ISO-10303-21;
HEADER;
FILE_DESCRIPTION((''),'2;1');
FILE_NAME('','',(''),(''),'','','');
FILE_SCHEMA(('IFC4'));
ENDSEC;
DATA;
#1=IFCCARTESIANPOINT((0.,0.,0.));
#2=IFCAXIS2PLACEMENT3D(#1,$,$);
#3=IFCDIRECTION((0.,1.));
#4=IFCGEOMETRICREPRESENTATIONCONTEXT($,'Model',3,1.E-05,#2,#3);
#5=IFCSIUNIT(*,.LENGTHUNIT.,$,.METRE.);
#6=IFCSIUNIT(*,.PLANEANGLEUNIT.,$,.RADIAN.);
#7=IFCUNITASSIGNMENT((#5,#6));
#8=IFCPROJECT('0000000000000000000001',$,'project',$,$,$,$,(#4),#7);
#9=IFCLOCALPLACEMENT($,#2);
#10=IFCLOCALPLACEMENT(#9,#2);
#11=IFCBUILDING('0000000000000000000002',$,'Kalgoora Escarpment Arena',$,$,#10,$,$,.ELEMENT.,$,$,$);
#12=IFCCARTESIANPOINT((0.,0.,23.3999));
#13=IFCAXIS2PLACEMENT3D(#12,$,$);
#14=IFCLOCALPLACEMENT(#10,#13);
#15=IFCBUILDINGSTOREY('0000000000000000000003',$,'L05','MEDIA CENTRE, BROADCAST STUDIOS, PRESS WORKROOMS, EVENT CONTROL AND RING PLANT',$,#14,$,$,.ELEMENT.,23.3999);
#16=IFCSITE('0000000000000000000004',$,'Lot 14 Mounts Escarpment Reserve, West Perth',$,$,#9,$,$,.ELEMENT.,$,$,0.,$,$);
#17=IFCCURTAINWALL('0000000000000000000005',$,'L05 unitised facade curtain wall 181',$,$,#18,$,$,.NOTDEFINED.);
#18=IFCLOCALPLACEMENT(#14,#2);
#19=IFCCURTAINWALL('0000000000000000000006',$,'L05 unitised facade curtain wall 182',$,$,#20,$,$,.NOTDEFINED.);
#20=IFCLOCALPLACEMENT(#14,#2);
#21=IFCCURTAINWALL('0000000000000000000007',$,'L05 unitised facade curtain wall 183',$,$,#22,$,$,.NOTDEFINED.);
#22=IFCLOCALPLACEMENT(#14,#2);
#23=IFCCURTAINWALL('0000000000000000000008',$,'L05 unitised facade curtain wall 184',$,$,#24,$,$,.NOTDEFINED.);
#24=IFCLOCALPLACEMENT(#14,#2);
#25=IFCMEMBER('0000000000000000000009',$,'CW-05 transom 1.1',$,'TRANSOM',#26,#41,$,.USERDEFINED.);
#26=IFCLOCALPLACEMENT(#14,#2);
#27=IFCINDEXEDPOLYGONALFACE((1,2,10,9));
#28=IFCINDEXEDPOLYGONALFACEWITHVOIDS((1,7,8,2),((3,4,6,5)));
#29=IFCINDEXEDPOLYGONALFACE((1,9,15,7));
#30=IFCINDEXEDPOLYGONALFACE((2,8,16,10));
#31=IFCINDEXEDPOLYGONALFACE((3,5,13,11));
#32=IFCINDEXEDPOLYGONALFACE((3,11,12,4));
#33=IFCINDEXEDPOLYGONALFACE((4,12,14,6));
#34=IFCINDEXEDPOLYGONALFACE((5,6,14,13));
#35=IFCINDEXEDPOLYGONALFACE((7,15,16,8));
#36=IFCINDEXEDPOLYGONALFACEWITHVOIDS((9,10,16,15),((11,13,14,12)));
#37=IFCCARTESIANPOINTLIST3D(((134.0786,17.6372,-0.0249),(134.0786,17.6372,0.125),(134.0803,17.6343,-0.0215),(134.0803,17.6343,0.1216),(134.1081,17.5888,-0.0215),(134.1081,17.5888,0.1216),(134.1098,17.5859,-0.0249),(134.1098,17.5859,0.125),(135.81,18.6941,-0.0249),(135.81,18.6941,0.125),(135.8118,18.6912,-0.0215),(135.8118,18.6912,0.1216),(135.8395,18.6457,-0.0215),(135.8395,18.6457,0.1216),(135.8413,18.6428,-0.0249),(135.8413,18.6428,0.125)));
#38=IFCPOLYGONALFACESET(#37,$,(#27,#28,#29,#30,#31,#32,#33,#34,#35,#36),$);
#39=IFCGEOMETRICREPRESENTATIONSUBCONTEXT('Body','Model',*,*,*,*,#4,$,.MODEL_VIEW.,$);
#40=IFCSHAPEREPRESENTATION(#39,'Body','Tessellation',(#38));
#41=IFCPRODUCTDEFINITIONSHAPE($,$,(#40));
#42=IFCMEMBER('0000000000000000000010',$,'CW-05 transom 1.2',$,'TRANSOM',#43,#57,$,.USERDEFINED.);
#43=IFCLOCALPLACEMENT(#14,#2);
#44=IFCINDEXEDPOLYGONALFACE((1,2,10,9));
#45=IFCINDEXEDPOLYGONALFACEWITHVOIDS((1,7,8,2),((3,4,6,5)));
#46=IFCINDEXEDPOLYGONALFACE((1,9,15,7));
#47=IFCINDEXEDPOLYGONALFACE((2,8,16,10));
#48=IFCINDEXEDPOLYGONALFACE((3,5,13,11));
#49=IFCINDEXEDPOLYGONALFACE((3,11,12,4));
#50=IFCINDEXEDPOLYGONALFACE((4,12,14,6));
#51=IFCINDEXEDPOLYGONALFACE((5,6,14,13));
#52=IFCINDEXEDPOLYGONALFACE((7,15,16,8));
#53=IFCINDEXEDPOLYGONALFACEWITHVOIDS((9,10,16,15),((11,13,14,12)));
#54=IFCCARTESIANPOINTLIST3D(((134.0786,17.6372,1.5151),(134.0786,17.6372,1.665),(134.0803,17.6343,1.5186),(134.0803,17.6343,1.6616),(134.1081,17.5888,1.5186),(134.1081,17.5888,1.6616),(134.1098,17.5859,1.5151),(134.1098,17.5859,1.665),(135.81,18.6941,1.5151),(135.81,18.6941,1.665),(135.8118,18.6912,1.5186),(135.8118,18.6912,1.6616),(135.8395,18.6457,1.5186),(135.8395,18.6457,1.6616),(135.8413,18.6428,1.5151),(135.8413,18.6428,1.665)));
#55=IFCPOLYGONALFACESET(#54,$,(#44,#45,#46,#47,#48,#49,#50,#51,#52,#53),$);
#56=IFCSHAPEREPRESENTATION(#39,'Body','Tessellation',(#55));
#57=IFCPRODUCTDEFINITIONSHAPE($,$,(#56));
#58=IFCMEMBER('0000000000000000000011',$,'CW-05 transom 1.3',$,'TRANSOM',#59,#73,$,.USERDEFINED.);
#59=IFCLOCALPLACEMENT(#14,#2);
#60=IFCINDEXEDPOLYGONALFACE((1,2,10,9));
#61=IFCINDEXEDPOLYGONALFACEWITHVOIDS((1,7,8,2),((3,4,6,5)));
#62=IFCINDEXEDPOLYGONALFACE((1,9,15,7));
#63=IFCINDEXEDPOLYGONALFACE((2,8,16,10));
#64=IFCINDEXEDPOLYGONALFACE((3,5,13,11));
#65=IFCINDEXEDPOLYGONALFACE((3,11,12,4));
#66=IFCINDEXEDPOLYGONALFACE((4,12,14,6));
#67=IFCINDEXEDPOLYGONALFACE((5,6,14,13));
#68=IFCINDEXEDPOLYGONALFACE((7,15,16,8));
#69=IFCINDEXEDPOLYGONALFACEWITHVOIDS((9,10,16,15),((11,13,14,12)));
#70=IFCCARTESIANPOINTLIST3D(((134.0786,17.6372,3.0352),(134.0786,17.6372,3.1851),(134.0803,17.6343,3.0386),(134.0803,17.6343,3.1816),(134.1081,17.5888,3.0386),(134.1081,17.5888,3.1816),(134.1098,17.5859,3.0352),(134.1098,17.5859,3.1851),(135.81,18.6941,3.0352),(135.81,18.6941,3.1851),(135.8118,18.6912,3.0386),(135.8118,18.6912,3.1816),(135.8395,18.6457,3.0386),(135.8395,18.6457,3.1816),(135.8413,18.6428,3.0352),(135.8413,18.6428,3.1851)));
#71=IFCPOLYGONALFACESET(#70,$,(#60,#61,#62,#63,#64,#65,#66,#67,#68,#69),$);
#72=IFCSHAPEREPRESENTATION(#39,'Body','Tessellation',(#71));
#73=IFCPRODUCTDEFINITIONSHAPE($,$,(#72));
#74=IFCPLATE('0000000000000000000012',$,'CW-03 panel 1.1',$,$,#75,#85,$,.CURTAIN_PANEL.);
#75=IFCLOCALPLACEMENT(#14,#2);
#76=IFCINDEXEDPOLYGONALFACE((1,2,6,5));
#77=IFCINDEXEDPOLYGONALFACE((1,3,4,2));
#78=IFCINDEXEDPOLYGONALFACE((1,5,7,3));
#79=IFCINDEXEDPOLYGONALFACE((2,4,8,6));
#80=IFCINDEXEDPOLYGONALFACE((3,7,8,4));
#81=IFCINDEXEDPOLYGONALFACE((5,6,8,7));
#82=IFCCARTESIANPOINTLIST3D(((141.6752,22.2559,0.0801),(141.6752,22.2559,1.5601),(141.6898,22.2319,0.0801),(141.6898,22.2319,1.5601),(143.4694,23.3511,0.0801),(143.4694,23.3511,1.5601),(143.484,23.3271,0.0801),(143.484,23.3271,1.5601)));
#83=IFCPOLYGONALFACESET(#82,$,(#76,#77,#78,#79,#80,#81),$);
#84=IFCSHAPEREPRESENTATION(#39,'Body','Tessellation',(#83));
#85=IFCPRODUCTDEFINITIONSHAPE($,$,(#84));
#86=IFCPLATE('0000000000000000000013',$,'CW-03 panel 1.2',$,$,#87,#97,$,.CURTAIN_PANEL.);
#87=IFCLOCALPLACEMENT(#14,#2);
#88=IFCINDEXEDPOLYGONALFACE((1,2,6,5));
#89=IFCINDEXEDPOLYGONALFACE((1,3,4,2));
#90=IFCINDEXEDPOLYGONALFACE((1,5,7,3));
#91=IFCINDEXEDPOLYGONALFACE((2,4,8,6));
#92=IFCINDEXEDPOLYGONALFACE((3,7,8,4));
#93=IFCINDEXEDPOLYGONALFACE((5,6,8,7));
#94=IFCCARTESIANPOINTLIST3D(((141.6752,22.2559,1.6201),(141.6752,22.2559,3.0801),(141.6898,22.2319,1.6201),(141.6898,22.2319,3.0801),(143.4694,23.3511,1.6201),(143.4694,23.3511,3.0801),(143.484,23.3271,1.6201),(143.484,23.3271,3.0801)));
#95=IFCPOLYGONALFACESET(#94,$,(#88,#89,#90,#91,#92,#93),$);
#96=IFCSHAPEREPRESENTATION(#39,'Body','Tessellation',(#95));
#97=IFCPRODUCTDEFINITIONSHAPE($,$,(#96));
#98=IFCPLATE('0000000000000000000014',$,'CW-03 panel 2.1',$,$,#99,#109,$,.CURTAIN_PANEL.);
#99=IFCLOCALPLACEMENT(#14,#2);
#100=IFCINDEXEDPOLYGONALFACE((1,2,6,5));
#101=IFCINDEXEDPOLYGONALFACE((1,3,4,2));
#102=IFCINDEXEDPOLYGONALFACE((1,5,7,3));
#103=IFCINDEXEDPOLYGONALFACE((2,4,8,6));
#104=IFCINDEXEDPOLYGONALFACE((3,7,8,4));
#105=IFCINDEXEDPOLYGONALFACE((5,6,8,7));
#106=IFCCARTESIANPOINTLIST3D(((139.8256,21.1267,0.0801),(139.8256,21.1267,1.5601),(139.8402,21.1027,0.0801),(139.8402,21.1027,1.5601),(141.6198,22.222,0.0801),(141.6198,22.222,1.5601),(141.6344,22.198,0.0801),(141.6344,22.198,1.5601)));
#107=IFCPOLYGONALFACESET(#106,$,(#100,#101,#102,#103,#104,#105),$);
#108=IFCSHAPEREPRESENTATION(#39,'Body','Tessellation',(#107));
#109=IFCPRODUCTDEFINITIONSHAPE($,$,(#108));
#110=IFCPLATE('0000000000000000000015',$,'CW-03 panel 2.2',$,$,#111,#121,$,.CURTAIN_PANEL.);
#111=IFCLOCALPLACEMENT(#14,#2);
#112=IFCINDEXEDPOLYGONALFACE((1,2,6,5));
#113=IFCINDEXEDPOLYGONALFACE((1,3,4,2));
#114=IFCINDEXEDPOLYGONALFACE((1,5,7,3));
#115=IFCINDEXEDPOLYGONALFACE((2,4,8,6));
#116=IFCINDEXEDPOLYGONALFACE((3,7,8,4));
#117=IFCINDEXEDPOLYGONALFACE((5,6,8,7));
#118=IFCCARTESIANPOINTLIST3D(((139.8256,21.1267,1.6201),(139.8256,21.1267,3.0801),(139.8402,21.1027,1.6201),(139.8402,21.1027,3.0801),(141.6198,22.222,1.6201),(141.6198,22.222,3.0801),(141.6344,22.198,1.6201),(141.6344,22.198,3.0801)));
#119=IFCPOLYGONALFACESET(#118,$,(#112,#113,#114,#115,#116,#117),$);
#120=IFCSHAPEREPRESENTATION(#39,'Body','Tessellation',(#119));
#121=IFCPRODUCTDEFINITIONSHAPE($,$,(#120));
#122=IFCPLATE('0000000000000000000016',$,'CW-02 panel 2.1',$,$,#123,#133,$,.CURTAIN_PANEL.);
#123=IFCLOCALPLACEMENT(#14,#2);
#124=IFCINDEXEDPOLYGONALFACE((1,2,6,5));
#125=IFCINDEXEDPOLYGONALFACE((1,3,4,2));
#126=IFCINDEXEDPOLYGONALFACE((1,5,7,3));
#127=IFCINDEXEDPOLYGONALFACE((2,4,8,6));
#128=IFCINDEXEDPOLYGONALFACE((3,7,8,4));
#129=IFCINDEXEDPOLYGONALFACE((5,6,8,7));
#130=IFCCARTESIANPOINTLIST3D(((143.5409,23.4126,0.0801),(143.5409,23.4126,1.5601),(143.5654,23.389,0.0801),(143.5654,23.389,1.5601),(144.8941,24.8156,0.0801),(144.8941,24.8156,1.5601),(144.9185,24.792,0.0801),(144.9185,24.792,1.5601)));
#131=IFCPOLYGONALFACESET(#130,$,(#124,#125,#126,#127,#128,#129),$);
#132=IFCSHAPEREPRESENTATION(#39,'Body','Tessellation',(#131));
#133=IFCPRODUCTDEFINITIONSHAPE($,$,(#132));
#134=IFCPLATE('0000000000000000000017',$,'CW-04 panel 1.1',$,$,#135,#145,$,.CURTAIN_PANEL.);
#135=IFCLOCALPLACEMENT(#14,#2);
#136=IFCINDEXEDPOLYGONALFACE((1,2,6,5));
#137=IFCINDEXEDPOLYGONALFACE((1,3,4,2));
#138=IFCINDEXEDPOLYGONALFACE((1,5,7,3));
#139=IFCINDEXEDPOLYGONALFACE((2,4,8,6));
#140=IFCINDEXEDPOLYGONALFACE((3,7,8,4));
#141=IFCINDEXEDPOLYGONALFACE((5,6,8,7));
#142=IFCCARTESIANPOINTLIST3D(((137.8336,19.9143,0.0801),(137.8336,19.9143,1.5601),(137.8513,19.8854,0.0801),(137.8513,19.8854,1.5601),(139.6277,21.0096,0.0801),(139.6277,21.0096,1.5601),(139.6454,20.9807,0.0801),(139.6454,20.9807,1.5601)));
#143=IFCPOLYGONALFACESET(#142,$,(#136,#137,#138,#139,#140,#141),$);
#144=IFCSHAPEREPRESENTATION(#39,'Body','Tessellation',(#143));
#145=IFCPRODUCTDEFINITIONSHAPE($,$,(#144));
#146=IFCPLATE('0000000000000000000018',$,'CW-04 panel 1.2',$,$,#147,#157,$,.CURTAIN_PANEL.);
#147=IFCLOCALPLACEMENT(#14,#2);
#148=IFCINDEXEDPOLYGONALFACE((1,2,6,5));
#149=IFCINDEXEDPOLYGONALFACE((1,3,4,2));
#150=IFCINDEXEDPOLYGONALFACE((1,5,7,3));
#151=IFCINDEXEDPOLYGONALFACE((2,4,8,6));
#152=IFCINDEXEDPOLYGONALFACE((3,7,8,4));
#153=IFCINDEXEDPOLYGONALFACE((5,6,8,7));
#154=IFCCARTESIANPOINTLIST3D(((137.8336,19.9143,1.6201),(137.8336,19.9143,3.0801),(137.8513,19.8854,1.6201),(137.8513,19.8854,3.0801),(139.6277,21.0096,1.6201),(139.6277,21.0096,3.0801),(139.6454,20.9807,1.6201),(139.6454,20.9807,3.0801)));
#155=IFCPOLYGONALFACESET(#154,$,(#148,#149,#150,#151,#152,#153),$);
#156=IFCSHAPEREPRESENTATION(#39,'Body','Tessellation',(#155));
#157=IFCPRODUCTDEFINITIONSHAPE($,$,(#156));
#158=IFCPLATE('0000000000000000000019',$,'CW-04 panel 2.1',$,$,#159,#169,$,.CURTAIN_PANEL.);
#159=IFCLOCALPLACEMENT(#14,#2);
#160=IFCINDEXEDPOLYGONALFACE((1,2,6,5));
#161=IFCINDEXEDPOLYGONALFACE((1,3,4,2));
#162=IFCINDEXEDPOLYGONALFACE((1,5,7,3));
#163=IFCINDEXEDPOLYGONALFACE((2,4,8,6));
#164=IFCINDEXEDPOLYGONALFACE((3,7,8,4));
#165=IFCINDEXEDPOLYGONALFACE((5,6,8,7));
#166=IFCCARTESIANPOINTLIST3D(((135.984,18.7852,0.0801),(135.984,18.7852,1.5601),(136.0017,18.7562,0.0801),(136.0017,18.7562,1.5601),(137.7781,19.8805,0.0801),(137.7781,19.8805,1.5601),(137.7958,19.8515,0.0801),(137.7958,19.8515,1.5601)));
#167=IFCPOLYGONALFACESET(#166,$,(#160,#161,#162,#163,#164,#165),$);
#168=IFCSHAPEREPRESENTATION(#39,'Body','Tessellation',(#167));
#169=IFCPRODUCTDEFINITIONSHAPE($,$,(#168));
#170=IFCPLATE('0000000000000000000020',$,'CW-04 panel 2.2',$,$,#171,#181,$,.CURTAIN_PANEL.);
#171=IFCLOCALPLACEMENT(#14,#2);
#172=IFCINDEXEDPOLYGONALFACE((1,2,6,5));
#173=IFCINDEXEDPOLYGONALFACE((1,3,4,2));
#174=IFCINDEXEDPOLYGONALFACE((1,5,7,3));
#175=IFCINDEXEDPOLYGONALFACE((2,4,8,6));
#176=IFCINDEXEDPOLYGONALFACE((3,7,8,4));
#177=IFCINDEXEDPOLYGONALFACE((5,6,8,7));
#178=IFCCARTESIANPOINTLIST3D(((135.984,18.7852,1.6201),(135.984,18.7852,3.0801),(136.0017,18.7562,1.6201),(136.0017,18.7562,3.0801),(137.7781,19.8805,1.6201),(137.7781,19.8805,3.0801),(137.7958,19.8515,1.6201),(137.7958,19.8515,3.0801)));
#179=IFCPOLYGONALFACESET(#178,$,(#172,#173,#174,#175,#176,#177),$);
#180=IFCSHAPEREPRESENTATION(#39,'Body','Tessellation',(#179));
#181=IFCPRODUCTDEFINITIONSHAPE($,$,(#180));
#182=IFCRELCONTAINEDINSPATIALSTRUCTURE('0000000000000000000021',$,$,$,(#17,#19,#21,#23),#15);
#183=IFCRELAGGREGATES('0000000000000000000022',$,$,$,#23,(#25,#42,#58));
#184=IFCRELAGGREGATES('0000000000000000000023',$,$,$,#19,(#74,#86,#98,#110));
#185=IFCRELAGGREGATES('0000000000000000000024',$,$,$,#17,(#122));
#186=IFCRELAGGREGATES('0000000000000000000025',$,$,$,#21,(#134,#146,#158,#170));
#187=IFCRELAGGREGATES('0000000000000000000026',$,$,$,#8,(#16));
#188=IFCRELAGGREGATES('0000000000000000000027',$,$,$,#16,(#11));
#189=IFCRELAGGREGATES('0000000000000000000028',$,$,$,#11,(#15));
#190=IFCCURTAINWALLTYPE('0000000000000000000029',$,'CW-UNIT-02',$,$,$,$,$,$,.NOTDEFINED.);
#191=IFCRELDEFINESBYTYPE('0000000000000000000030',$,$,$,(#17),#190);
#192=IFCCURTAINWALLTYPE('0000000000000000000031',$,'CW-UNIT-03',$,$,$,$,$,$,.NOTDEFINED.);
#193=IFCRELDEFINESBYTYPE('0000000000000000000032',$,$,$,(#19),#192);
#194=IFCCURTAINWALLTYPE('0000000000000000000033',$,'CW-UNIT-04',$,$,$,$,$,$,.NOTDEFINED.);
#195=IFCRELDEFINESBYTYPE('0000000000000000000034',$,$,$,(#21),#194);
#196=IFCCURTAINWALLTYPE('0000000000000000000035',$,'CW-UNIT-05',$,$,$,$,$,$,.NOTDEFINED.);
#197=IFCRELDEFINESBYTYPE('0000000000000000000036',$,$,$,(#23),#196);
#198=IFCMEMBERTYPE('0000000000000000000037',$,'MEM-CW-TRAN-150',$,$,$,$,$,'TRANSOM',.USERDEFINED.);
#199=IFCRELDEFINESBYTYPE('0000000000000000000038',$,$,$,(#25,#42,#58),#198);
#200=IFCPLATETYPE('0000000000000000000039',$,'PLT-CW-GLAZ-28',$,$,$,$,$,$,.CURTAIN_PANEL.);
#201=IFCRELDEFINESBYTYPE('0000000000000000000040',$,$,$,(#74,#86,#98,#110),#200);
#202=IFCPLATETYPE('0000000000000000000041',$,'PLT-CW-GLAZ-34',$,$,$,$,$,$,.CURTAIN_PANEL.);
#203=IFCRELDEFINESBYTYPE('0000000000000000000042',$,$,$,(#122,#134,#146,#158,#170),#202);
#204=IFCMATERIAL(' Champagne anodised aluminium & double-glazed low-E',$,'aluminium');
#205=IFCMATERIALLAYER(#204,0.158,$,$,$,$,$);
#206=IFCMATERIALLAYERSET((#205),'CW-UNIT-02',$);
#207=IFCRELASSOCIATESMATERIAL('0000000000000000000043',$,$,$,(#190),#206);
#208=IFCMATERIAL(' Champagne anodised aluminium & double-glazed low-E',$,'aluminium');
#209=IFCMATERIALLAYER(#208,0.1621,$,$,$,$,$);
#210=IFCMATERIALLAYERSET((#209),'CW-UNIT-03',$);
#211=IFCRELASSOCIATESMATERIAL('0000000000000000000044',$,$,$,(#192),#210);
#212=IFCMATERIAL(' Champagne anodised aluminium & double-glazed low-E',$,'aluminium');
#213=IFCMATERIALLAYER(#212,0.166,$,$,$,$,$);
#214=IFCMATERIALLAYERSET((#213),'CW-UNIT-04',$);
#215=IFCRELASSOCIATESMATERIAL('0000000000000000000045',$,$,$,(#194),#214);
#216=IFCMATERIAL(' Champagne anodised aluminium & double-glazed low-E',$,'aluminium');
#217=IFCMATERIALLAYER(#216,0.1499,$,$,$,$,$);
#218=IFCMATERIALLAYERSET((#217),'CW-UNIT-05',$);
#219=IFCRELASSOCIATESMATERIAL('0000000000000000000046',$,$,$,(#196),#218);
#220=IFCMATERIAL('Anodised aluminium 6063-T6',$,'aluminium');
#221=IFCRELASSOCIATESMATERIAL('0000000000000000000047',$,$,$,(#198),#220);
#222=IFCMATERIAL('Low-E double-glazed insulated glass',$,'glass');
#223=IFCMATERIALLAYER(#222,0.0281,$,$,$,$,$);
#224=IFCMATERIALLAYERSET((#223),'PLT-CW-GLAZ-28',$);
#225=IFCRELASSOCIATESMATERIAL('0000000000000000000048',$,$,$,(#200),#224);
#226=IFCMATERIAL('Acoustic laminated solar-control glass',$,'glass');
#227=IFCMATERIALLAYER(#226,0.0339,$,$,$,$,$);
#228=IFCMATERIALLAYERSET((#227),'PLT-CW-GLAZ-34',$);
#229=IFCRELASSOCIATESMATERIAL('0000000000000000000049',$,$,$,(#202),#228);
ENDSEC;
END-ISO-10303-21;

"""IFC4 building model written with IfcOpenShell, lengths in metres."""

from ifc_helpers import new_model, si_unit, direction, frame, origin, origin_2d, place, context, subcontext, project, spatial, rectangle, hollow_rectangle, extrude, material, layer, layer_set, material_profile, profile_set, type_object, element, aggregate, save


model = new_model("IFC4")

# Units and contexts
model_context = context("Model", 3, precision=1e-05, world=origin(), true_north=direction((0.0, 1.0)))
body_context = subcontext(model_context, "Body", "Model", "MODEL_VIEW")
ifc_project = project(units=[si_unit("LENGTHUNIT", "METRE"), si_unit("PLANEANGLEUNIT", "RADIAN")], contexts=[model_context])

# Site, building, storey
site_placement = place(None, origin())
site = spatial("IfcSite", under=ifc_project, at=site_placement, Name="Lot 14 Mounts Escarpment Reserve, West Perth", CompositionType="ELEMENT", RefElevation=0.0)
building_placement = place(site_placement, origin())
building = spatial("IfcBuilding", under=site, at=building_placement, Name="Kalgoora Escarpment Arena", CompositionType="ELEMENT")
storey_placement = place(building_placement, frame((0.0, 0.0, 23.3999)))
storey = spatial("IfcBuildingStorey", under=building, at=storey_placement, Name="L05", Description="MEDIA CENTRE, BROADCAST STUDIOS, PRESS WORKROOMS, EVENT CONTROL AND RING PLANT", CompositionType="ELEMENT", Elevation=23.3999)

# Curtain wall
ifc_material_1 = material(Name=" Champagne anodised aluminium & double-glazed low-E", Category="aluminium")
ifc_layer_1 = layer(ifc_material_1, 0.158)
ifc_layer_set_1 = layer_set([ifc_layer_1], Name="CW-UNIT-02")
curtain_wall_type_1 = type_object("IfcCurtainWallType", Name="CW-UNIT-02", PredefinedType="NOTDEFINED", material=ifc_layer_set_1)
curtain_wall_1_placement = place(storey_placement, origin())
curtain_wall_1 = element("IfcCurtainWall", 1, at=curtain_wall_1_placement, inside=storey, type_object=curtain_wall_type_1, Name="L05 unitised facade curtain wall 181", PredefinedType="NOTDEFINED")

# Curtain walls
ifc_material_2 = material(Name=" Champagne anodised aluminium & double-glazed low-E", Category="aluminium")
ifc_layer_2 = layer(ifc_material_2, 0.1621)
ifc_layer_set_2 = layer_set([ifc_layer_2], Name="CW-UNIT-03")
curtain_wall_type_2 = type_object("IfcCurtainWallType", Name="CW-UNIT-03", PredefinedType="NOTDEFINED", material=ifc_layer_set_2)
curtain_wall_2_placement = place(storey_placement, origin())
curtain_wall_2 = element("IfcCurtainWall", 2, at=curtain_wall_2_placement, inside=storey, type_object=curtain_wall_type_2, Name="L05 unitised facade curtain wall 182", PredefinedType="NOTDEFINED")
ifc_material_3 = material(Name=" Champagne anodised aluminium & double-glazed low-E", Category="aluminium")
ifc_layer_3 = layer(ifc_material_3, 0.166)
ifc_layer_set_3 = layer_set([ifc_layer_3], Name="CW-UNIT-04")
curtain_wall_type_3 = type_object("IfcCurtainWallType", Name="CW-UNIT-04", PredefinedType="NOTDEFINED", material=ifc_layer_set_3)
curtain_wall_3_placement = place(storey_placement, origin())
curtain_wall_3 = element("IfcCurtainWall", 3, at=curtain_wall_3_placement, inside=storey, type_object=curtain_wall_type_3, Name="L05 unitised facade curtain wall 183", PredefinedType="NOTDEFINED")

# Curtain wall
ifc_material_4 = material(Name=" Champagne anodised aluminium & double-glazed low-E", Category="aluminium")
ifc_layer_4 = layer(ifc_material_4, 0.1499)
ifc_layer_set_4 = layer_set([ifc_layer_4], Name="CW-UNIT-05")
curtain_wall_type_4 = type_object("IfcCurtainWallType", Name="CW-UNIT-05", PredefinedType="NOTDEFINED", material=ifc_layer_set_4)
curtain_wall_4_placement = place(storey_placement, origin())
curtain_wall_4 = element("IfcCurtainWall", 4, at=curtain_wall_4_placement, inside=storey, type_object=curtain_wall_type_4, Name="L05 unitised facade curtain wall 184", PredefinedType="NOTDEFINED")

# Members
ifc_material_5 = material(Name="Anodised aluminium 6063-T6", Category="aluminium")
ifc_material_profile_1 = material_profile(ifc_material_5, hollow_rectangle(XDim=0.0601, YDim=0.1499, WallThickness=0.0034, at=origin_2d()))
ifc_profile_set_1 = profile_set([ifc_material_profile_1], Name="Anodised aluminium 6063-T6")
member_type_1 = type_object("IfcMemberType", Name="MEM-CW-TRAN-150", ElementType="TRANSOM", PredefinedType="USERDEFINED", material=ifc_profile_set_1)
member_1_placement = place(storey_placement, frame((135.8257, 18.6685, 0.05), z_axis=(-0.853549, -0.521012, 0.0), x_axis=(0.521012, -0.853549, 0.0)))
member_1 = element("IfcMember", 5, at=member_1_placement, type_object=member_type_1, Name="CW-05 transom 1.1", ObjectType="TRANSOM", PredefinedType="USERDEFINED", context=body_context, shape_type="SweptSolid", body=[
    extrude(hollow_rectangle(XDim=0.0601, YDim=0.1499, WallThickness=0.0034, at=origin_2d()), origin(), (0.0, 0.0, 1.0), 2.0286),
])
member_2_placement = place(storey_placement, frame((135.8257, 18.6685, 1.5901), z_axis=(-0.853549, -0.521012, 0.0), x_axis=(0.521012, -0.853549, 0.0)))
member_2 = element("IfcMember", 6, at=member_2_placement, type_object=member_type_1, Name="CW-05 transom 1.2", ObjectType="TRANSOM", PredefinedType="USERDEFINED", context=body_context, shape_type="SweptSolid", body=[
    extrude(hollow_rectangle(XDim=0.0601, YDim=0.1499, WallThickness=0.0034, at=origin_2d()), origin(), (0.0, 0.0, 1.0), 2.0286),
])
member_3_placement = place(storey_placement, frame((135.8257, 18.6685, 3.1101), z_axis=(-0.853549, -0.521012, 0.0), x_axis=(0.521012, -0.853549, 0.0)))
member_3 = element("IfcMember", 7, at=member_3_placement, type_object=member_type_1, Name="CW-05 transom 1.3", ObjectType="TRANSOM", PredefinedType="USERDEFINED", context=body_context, shape_type="SweptSolid", body=[
    extrude(hollow_rectangle(XDim=0.0601, YDim=0.1499, WallThickness=0.0034, at=origin_2d()), origin(), (0.0, 0.0, 1.0), 2.0286),
])
aggregate(curtain_wall_4, [member_1, member_2, member_3])

# Plates
ifc_material_6 = material(Name="Low-E double-glazed insulated glass", Category="glass")
ifc_layer_5 = layer(ifc_material_6, 0.0281)
ifc_layer_set_5 = layer_set([ifc_layer_5], Name="PLT-CW-GLAZ-28")
plate_type_1 = type_object("IfcPlateType", Name="PLT-CW-GLAZ-28", PredefinedType="CURTAIN_PANEL", material=ifc_layer_set_5)
plate_1_placement = place(storey_placement, frame((142.5796, 22.7915, 0.0801), z_axis=(0.0, 0.0, 1.0), x_axis=(-0.853532, -0.52104, 0.0)))
plate_1 = element("IfcPlate", 8, at=plate_1_placement, type_object=plate_type_1, Name="CW-03 panel 1.1", PredefinedType="CURTAIN_PANEL", context=body_context, shape_type="SweptSolid", body=[
    extrude(rectangle(XDim=2.1021, YDim=0.0281, at=origin_2d()), origin(), (0.0, 0.0, 1.0), 1.48),
])
plate_2_placement = place(storey_placement, frame((142.5796, 22.7915, 1.6201), z_axis=(0.0, 0.0, 1.0), x_axis=(-0.853532, -0.52104, 0.0)))
plate_2 = element("IfcPlate", 9, at=plate_2_placement, type_object=plate_type_1, Name="CW-03 panel 1.2", PredefinedType="CURTAIN_PANEL", context=body_context, shape_type="SweptSolid", body=[
    extrude(rectangle(XDim=2.1021, YDim=0.0281, at=origin_2d()), origin(), (0.0, 0.0, 1.0), 1.46),
])
plate_3_placement = place(storey_placement, frame((140.73, 21.6624, 0.0801), z_axis=(0.0, 0.0, 1.0), x_axis=(-0.853532, -0.52104, 0.0)))
plate_3 = element("IfcPlate", 10, at=plate_3_placement, type_object=plate_type_1, Name="CW-03 panel 2.1", PredefinedType="CURTAIN_PANEL", context=body_context, shape_type="SweptSolid", body=[
    extrude(rectangle(XDim=2.1021, YDim=0.0281, at=origin_2d()), origin(), (0.0, 0.0, 1.0), 1.48),
])
plate_4_placement = place(storey_placement, frame((140.73, 21.6624, 1.6201), z_axis=(0.0, 0.0, 1.0), x_axis=(-0.853532, -0.52104, 0.0)))
plate_4 = element("IfcPlate", 11, at=plate_4_placement, type_object=plate_type_1, Name="CW-03 panel 2.2", PredefinedType="CURTAIN_PANEL", context=body_context, shape_type="SweptSolid", body=[
    extrude(rectangle(XDim=2.1021, YDim=0.0281, at=origin_2d()), origin(), (0.0, 0.0, 1.0), 1.46),
])
aggregate(curtain_wall_2, [plate_1, plate_2, plate_3, plate_4])
ifc_material_7 = material(Name="Acoustic laminated solar-control glass", Category="glass")
ifc_layer_6 = layer(ifc_material_7, 0.0339)
ifc_layer_set_6 = layer_set([ifc_layer_6], Name="PLT-CW-GLAZ-34")
plate_type_2 = type_object("IfcPlateType", Name="PLT-CW-GLAZ-34", PredefinedType="CURTAIN_PANEL", material=ifc_layer_set_6)
plate_5_placement = place(storey_placement, frame((144.2297, 24.1023, 0.0801), z_axis=(0.0, 0.0, 1.0), x_axis=(-0.694202, -0.71978, 0.0)))
plate_5 = element("IfcPlate", 12, at=plate_5_placement, type_object=plate_type_2, Name="CW-02 panel 2.1", PredefinedType="CURTAIN_PANEL", context=body_context, shape_type="SweptSolid", body=[
    extrude(rectangle(XDim=1.9492, YDim=0.0339, at=origin_2d()), origin(), (0.0, 0.0, 1.0), 1.48),
])
aggregate(curtain_wall_1, [plate_5])
plate_6_placement = place(storey_placement, frame((138.7395, 20.4475, 0.0801), z_axis=(0.0, 0.0, 1.0), x_axis=(-0.853516, -0.521067, 0.0)))
plate_6 = element("IfcPlate", 13, at=plate_6_placement, type_object=plate_type_2, Name="CW-04 panel 1.1", PredefinedType="CURTAIN_PANEL", context=body_context, shape_type="SweptSolid", body=[
    extrude(rectangle(XDim=2.1021, YDim=0.0339, at=origin_2d()), origin(), (0.0, 0.0, 1.0), 1.48),
])
plate_7_placement = place(storey_placement, frame((138.7395, 20.4475, 1.6201), z_axis=(0.0, 0.0, 1.0), x_axis=(-0.853516, -0.521067, 0.0)))
plate_7 = element("IfcPlate", 14, at=plate_7_placement, type_object=plate_type_2, Name="CW-04 panel 1.2", PredefinedType="CURTAIN_PANEL", context=body_context, shape_type="SweptSolid", body=[
    extrude(rectangle(XDim=2.1021, YDim=0.0339, at=origin_2d()), origin(), (0.0, 0.0, 1.0), 1.46),
])
plate_8_placement = place(storey_placement, frame((136.8899, 19.3184, 0.0801), z_axis=(0.0, 0.0, 1.0), x_axis=(-0.853516, -0.521067, 0.0)))
plate_8 = element("IfcPlate", 15, at=plate_8_placement, type_object=plate_type_2, Name="CW-04 panel 2.1", PredefinedType="CURTAIN_PANEL", context=body_context, shape_type="SweptSolid", body=[
    extrude(rectangle(XDim=2.1021, YDim=0.0339, at=origin_2d()), origin(), (0.0, 0.0, 1.0), 1.48),
])
plate_9_placement = place(storey_placement, frame((136.8899, 19.3184, 1.6201), z_axis=(0.0, 0.0, 1.0), x_axis=(-0.853516, -0.521067, 0.0)))
plate_9 = element("IfcPlate", 16, at=plate_9_placement, type_object=plate_type_2, Name="CW-04 panel 2.2", PredefinedType="CURTAIN_PANEL", context=body_context, shape_type="SweptSolid", body=[
    extrude(rectangle(XDim=2.1021, YDim=0.0339, at=origin_2d()), origin(), (0.0, 0.0, 1.0), 1.46),
])
aggregate(curtain_wall_3, [plate_6, plate_7, plate_8, plate_9])

save(model, "model.ifc")
